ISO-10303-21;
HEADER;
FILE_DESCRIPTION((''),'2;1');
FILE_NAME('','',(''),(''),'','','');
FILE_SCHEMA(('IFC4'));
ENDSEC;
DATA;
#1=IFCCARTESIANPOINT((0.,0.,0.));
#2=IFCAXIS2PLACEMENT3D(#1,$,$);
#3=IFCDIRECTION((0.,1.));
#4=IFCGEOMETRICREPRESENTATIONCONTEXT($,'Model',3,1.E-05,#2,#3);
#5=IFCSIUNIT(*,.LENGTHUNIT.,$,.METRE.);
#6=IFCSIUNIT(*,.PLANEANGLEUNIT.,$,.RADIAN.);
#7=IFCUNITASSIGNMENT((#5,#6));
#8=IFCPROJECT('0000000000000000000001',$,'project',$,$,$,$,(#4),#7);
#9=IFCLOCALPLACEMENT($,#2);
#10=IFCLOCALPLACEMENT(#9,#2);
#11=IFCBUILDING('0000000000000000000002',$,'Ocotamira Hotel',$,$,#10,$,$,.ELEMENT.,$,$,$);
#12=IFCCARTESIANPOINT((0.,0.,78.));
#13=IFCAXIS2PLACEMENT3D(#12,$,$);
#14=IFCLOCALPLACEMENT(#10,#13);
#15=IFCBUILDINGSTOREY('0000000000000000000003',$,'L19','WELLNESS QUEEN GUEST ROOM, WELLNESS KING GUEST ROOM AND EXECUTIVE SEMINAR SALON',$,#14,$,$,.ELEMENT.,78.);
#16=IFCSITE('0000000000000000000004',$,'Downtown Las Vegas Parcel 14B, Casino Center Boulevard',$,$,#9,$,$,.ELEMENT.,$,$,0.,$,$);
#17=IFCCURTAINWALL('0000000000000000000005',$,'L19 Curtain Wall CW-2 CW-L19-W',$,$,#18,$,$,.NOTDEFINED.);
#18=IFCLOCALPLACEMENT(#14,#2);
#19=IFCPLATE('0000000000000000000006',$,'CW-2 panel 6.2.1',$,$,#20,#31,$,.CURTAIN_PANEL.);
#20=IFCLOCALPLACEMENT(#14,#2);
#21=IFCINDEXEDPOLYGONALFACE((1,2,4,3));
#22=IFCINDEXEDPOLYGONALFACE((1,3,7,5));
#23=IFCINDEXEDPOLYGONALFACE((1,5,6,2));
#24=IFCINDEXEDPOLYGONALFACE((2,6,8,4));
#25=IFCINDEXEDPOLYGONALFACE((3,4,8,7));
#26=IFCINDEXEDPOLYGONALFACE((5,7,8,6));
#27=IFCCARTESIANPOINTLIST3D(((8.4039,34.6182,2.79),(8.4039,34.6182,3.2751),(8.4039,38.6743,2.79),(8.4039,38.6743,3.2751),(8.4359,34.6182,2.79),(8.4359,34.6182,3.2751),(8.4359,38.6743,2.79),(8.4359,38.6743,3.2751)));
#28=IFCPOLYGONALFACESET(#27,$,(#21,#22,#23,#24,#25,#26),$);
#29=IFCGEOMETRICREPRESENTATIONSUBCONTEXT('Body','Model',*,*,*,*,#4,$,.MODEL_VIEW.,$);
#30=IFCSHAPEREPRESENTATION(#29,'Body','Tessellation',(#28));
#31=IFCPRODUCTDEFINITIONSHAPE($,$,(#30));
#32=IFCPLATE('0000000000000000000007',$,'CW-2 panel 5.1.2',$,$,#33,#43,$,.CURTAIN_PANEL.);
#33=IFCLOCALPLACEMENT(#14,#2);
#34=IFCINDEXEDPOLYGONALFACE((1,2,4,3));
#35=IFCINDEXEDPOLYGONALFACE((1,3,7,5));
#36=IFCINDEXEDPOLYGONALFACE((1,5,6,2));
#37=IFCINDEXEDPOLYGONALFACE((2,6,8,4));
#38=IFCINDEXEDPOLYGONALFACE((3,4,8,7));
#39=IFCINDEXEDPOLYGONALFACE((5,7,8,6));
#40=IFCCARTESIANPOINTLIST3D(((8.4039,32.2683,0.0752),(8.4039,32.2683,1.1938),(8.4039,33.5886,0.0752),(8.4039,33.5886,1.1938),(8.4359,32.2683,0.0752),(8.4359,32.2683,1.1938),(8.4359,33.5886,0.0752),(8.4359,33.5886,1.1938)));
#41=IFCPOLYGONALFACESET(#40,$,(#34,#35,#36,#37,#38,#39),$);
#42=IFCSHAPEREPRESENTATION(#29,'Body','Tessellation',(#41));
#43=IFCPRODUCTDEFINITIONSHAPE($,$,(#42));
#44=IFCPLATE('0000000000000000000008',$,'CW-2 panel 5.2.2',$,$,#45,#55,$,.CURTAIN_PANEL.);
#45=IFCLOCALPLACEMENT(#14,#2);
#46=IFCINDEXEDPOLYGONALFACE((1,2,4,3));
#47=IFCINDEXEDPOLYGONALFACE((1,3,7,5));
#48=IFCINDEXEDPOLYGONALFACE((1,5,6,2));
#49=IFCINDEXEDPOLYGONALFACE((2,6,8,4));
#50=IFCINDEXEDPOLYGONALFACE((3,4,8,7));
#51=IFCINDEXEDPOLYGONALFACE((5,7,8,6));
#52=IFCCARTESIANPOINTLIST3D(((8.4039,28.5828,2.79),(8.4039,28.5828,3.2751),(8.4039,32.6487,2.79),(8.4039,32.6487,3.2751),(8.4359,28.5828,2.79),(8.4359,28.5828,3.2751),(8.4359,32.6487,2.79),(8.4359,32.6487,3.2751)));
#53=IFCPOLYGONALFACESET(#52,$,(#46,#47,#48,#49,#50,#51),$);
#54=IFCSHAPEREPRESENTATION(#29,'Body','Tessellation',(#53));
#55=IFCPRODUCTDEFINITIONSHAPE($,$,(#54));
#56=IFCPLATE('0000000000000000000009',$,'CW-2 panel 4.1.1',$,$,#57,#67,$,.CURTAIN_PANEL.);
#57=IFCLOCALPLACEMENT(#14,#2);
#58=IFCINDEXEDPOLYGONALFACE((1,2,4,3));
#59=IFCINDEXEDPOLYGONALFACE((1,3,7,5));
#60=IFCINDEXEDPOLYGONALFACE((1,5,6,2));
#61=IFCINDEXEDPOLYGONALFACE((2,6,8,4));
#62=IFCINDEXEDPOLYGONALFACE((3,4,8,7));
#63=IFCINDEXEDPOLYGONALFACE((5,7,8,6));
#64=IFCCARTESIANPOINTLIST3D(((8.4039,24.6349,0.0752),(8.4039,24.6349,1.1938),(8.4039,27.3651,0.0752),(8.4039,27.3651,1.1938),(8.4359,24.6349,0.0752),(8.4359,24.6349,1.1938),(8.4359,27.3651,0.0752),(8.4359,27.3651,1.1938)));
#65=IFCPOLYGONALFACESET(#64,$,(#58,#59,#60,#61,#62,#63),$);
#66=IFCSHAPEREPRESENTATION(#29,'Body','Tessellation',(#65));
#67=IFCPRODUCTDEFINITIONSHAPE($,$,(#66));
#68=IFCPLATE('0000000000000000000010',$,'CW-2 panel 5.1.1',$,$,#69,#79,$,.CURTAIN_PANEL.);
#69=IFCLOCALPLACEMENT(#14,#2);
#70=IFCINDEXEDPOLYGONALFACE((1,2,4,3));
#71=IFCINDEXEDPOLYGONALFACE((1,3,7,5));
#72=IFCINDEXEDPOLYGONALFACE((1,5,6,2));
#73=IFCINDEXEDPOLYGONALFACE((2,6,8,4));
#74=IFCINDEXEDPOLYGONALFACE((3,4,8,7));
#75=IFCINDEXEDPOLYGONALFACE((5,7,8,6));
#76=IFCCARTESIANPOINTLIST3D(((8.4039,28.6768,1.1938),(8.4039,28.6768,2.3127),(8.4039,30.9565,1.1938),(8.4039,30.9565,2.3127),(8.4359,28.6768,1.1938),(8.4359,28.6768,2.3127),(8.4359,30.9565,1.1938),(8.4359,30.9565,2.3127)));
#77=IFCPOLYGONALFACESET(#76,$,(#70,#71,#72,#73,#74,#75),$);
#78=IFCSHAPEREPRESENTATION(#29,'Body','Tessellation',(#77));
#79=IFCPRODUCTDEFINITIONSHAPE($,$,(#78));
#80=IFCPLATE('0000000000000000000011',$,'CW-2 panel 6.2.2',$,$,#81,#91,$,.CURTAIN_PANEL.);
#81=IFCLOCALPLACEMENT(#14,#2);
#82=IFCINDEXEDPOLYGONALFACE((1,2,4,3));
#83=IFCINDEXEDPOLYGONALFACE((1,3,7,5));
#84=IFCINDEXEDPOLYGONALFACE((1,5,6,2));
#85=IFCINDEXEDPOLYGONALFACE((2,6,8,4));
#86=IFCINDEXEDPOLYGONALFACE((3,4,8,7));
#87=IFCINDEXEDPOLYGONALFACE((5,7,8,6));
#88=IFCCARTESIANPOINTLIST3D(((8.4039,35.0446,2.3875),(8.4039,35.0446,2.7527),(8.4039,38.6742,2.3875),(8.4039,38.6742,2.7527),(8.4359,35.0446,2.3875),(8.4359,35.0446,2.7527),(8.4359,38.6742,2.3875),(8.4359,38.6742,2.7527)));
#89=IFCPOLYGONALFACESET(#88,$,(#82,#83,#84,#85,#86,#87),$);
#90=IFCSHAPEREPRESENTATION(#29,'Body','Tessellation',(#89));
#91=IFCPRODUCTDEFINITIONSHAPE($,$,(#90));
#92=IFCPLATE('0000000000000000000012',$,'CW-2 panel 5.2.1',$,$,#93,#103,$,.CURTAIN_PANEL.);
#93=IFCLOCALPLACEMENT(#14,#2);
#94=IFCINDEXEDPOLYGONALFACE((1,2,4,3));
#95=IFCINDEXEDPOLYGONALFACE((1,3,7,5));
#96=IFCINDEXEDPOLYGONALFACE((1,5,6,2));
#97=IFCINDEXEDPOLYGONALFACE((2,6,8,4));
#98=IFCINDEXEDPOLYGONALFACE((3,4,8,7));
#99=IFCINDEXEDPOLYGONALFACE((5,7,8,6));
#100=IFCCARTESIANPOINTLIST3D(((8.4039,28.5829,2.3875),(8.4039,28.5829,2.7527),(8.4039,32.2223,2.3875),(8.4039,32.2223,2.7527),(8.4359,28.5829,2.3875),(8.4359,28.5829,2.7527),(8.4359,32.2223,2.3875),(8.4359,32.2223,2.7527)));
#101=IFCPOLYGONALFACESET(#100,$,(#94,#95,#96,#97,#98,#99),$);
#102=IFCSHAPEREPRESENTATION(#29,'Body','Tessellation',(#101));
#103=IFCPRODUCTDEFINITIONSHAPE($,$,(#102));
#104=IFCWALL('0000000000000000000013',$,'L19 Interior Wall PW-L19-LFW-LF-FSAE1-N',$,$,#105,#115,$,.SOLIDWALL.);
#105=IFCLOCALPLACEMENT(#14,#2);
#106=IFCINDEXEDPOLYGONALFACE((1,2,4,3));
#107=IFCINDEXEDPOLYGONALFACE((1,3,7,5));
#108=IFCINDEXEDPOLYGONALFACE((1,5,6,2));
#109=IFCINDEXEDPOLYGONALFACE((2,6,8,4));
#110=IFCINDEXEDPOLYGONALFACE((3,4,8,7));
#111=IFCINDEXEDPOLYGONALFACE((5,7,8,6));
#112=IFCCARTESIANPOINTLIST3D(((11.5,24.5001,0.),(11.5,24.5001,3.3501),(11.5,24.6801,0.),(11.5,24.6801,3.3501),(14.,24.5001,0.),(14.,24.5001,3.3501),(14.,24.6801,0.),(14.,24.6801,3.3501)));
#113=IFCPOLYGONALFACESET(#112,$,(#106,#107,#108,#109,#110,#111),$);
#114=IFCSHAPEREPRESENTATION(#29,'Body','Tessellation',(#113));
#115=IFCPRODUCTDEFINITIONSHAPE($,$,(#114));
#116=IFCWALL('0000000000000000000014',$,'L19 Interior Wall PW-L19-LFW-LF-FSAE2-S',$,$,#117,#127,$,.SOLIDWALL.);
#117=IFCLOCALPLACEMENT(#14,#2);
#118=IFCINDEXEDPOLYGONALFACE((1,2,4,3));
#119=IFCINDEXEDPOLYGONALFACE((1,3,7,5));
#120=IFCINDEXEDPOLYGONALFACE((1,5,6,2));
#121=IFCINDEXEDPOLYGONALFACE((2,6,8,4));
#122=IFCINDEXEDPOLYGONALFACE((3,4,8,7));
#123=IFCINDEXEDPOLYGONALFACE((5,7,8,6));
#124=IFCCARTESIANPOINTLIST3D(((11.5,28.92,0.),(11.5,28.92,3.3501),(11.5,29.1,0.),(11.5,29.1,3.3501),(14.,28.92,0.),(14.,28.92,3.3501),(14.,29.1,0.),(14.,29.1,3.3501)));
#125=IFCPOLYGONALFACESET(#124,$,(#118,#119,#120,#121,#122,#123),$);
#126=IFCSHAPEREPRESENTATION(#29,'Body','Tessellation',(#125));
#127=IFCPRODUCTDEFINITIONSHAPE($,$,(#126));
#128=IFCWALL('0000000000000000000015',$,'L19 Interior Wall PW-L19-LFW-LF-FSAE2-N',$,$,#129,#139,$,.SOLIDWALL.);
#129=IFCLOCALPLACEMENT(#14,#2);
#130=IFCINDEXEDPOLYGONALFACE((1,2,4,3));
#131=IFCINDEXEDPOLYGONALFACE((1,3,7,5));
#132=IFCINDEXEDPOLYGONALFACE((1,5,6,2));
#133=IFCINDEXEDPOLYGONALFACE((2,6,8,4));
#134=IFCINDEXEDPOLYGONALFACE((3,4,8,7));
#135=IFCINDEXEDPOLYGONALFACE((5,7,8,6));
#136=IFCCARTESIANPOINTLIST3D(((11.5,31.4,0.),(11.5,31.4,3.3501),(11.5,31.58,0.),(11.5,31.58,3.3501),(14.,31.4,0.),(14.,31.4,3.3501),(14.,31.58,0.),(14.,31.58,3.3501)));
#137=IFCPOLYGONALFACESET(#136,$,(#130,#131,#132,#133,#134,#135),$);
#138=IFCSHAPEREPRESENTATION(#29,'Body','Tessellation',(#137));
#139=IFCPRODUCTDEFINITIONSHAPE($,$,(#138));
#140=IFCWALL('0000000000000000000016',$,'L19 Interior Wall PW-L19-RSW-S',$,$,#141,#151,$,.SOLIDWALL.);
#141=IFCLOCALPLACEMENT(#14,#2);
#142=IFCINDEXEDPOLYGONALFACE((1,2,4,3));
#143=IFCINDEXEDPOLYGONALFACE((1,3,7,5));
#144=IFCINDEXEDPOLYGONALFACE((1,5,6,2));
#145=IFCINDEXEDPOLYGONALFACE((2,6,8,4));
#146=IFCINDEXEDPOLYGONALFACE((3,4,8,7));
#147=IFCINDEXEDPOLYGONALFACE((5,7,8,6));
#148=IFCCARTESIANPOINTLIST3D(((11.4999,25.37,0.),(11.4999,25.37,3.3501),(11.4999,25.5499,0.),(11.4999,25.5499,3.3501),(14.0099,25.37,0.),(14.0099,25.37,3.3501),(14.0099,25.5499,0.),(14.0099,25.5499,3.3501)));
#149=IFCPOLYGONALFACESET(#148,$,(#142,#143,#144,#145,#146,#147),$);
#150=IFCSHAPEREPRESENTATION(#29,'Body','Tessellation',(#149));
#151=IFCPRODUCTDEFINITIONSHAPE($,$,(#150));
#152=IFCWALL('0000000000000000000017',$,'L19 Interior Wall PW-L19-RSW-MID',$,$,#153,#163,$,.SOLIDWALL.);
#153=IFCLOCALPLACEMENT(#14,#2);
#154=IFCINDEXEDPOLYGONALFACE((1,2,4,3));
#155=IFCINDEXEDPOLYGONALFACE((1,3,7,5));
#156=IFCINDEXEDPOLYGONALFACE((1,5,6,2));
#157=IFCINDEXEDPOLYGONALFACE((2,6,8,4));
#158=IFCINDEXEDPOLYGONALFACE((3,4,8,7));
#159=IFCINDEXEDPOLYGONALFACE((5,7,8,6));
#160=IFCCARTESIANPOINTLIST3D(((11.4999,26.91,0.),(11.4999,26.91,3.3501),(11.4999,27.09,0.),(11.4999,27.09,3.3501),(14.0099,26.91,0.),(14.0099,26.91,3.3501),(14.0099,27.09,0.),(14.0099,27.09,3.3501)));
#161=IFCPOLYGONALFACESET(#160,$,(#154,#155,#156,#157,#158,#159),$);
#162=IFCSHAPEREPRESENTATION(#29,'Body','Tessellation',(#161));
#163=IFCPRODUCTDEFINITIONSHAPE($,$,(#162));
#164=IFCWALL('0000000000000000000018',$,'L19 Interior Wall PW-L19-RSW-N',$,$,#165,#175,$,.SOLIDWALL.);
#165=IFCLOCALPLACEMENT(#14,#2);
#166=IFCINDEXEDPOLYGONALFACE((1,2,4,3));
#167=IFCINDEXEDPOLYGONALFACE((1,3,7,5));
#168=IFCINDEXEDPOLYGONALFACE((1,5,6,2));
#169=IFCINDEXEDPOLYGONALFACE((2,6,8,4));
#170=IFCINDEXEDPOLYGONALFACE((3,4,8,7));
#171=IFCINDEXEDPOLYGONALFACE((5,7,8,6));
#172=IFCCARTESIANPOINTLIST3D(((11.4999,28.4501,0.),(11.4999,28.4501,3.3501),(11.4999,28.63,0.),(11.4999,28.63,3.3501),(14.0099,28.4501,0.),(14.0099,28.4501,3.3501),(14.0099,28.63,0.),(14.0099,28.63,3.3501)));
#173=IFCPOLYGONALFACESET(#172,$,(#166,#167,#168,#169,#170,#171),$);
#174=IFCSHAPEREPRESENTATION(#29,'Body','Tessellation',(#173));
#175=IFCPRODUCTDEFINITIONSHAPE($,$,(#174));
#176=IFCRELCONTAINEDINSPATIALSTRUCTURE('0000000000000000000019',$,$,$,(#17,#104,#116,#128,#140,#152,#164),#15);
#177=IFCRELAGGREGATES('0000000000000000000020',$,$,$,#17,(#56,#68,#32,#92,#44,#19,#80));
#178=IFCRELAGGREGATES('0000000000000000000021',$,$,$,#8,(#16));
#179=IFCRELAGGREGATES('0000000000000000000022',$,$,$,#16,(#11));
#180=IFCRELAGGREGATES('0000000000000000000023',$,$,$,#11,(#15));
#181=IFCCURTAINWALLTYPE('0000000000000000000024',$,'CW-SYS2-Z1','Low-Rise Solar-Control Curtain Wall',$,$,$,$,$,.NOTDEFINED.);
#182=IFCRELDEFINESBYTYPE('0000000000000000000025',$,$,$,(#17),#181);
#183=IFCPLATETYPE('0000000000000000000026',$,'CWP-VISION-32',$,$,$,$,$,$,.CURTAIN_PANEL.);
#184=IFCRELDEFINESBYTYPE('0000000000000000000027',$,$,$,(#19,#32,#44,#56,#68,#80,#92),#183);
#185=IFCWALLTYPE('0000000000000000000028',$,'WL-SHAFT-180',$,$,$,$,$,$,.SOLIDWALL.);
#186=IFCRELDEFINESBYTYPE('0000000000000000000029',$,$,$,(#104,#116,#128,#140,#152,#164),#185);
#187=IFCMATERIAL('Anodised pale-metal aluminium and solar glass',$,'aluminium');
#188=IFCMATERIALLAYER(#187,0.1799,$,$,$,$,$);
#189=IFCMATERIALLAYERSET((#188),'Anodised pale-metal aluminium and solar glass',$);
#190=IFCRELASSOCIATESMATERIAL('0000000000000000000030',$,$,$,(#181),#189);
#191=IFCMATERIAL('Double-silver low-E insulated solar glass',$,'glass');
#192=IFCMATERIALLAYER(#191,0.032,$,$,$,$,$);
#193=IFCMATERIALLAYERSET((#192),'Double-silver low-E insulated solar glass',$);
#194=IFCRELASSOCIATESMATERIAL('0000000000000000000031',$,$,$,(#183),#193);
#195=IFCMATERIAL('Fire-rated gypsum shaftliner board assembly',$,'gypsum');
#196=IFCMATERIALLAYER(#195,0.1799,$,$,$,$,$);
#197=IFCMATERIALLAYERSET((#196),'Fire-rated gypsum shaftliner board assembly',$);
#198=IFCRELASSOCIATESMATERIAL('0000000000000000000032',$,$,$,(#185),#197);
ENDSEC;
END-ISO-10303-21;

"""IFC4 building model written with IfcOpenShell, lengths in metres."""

from ifc_helpers import new_model, si_unit, direction, frame, frame_2d, origin, origin_2d, place, context, subcontext, project, spatial, rectangle, extrude, source, transform, mapped, material, layer, layer_set, type_object, element, aggregate, save


model = new_model("IFC4")

# Units and contexts
model_context = context("Model", 3, precision=1e-05, world=origin(), true_north=direction((0.0, 1.0)))
body_context = subcontext(model_context, "Body", "Model", "MODEL_VIEW")
ifc_project = project(units=[si_unit("LENGTHUNIT", "METRE"), si_unit("PLANEANGLEUNIT", "RADIAN")], contexts=[model_context])

# Site, building, storey
site_placement = place(None, origin())
site = spatial("IfcSite", under=ifc_project, at=site_placement, Name="Downtown Las Vegas Parcel 14B, Casino Center Boulevard", CompositionType="ELEMENT", RefElevation=0.0)
building_placement = place(site_placement, origin())
building = spatial("IfcBuilding", under=site, at=building_placement, Name="Ocotamira Hotel", CompositionType="ELEMENT")
storey_placement = place(building_placement, frame((0.0, 0.0, 78.0)))
storey = spatial("IfcBuildingStorey", under=building, at=storey_placement, Name="L19", Description="WELLNESS QUEEN GUEST ROOM, WELLNESS KING GUEST ROOM AND EXECUTIVE SEMINAR SALON", CompositionType="ELEMENT", Elevation=78.0)

# Curtain wall
ifc_material_1 = material(Name="Anodised pale-metal aluminium and solar glass", Category="aluminium")
ifc_layer_1 = layer(ifc_material_1, 0.1799)
ifc_layer_set_1 = layer_set([ifc_layer_1], Name="Anodised pale-metal aluminium and solar glass")
curtain_wall_type = type_object("IfcCurtainWallType", Name="CW-SYS2-Z1", Description="Low-Rise Solar-Control Curtain Wall", PredefinedType="NOTDEFINED", material=ifc_layer_set_1)
curtain_wall_placement = place(storey_placement, origin())
curtain_wall = element("IfcCurtainWall", 1, at=curtain_wall_placement, inside=storey, type_object=curtain_wall_type, Name="L19 Curtain Wall CW-2 CW-L19-W", PredefinedType="NOTDEFINED")

# Plates
ifc_material_2 = material(Name="Double-silver low-E insulated solar glass", Category="glass")
ifc_layer_2 = layer(ifc_material_2, 0.032)
ifc_layer_set_2 = layer_set([ifc_layer_2], Name="Double-silver low-E insulated solar glass")
plate_type_1 = type_object("IfcPlateType", Name="CWP-VISION-32", PredefinedType="CURTAIN_PANEL", material=ifc_layer_set_2)
shared_shape_1 = source(origin(), body_context, "Body", "SweptSolid", [
    extrude(rectangle(XDim=4.0562, YDim=0.032, at=origin_2d()), origin(), (0.0, 0.0, 1.0), 0.4851),
])
plate_1_placement = place(storey_placement, frame((8.4199, 36.6462, 2.79), z_axis=(0.0, 0.0, 1.0), x_axis=(0.0, 1.0, 0.0)))
plate_1 = element("IfcPlate", 2, at=plate_1_placement, type_object=plate_type_1, Name="CW-2 panel 6.2.1", PredefinedType="CURTAIN_PANEL", context=body_context, shape_type="MappedRepresentation", body=[
    mapped(shared_shape_1, transform((0.0, 0.0, 0.0), scale=1.0)),
])
shared_shape_2 = source(origin(), body_context, "Body", "SweptSolid", [
    extrude(rectangle(XDim=1.3203, YDim=0.032, at=origin_2d()), origin(), (0.0, 0.0, 1.0), 1.1187),
])
plate_2_placement = place(storey_placement, frame((8.4199, 32.9285, 0.0752), z_axis=(0.0, 0.0, 1.0), x_axis=(0.0, 1.0, 0.0)))
plate_2 = element("IfcPlate", 3, at=plate_2_placement, type_object=plate_type_1, Name="CW-2 panel 5.1.2", PredefinedType="CURTAIN_PANEL", context=body_context, shape_type="MappedRepresentation", body=[
    mapped(shared_shape_2, transform((0.0, 0.0, 0.0), scale=1.0)),
])
shared_shape_3 = source(origin(), body_context, "Body", "SweptSolid", [
    extrude(rectangle(XDim=4.0659, YDim=0.032, at=origin_2d()), origin(), (0.0, 0.0, 1.0), 0.4851),
])
plate_3_placement = place(storey_placement, frame((8.4199, 30.6157, 2.79), z_axis=(0.0, 0.0, 1.0), x_axis=(0.0, 1.0, 0.0)))
plate_3 = element("IfcPlate", 4, at=plate_3_placement, type_object=plate_type_1, Name="CW-2 panel 5.2.2", PredefinedType="CURTAIN_PANEL", context=body_context, shape_type="MappedRepresentation", body=[
    mapped(shared_shape_3, transform((0.0, 0.0, 0.0), scale=1.0)),
])
shared_shape_4 = source(origin(), body_context, "Body", "SweptSolid", [
    extrude(rectangle(XDim=2.7302, YDim=0.032, at=origin_2d()), origin(), (0.0, 0.0, 1.0), 1.1187),
])
plate_4_placement = place(storey_placement, frame((8.4199, 26.0, 0.0752), z_axis=(0.0, 0.0, 1.0), x_axis=(0.0, 1.0, 0.0)))
plate_4 = element("IfcPlate", 5, at=plate_4_placement, type_object=plate_type_1, Name="CW-2 panel 4.1.1", PredefinedType="CURTAIN_PANEL", context=body_context, shape_type="MappedRepresentation", body=[
    mapped(shared_shape_4, transform((0.0, 0.0, 0.0), scale=1.0)),
])
shared_shape_5 = source(origin(), body_context, "Body", "SweptSolid", [
    extrude(rectangle(XDim=2.2798, YDim=0.032, at=origin_2d()), origin(), (0.0, 0.0, 1.0), 1.1189),
])
plate_5_placement = place(storey_placement, frame((8.4199, 29.8167, 1.1938), z_axis=(0.0, 0.0, 1.0), x_axis=(0.0, 1.0, 0.0)))
plate_5 = element("IfcPlate", 6, at=plate_5_placement, type_object=plate_type_1, Name="CW-2 panel 5.1.1", PredefinedType="CURTAIN_PANEL", context=body_context, shape_type="MappedRepresentation", body=[
    mapped(shared_shape_5, transform((0.0, 0.0, 0.0), scale=1.0)),
])
shared_shape_6 = source(origin(), body_context, "Body", "SweptSolid", [
    extrude(rectangle(XDim=3.6296, YDim=0.032, at=origin_2d()), origin(), (0.0, 0.0, 1.0), 0.3652),
])
plate_6_placement = place(storey_placement, frame((8.4199, 36.8594, 2.3875), z_axis=(0.0, 0.0, 1.0), x_axis=(0.0, 1.0, 0.0)))
plate_6 = element("IfcPlate", 7, at=plate_6_placement, type_object=plate_type_1, Name="CW-2 panel 6.2.2", PredefinedType="CURTAIN_PANEL", context=body_context, shape_type="MappedRepresentation", body=[
    mapped(shared_shape_6, transform((0.0, 0.0, 0.0), scale=1.0)),
])
shared_shape_7 = source(origin(), body_context, "Body", "SweptSolid", [
    extrude(rectangle(XDim=3.6394, YDim=0.032, at=origin_2d()), origin(), (0.0, 0.0, 1.0), 0.3652),
])
plate_7_placement = place(storey_placement, frame((8.4199, 30.4026, 2.3875), z_axis=(0.0, 0.0, 1.0), x_axis=(0.0, 1.0, 0.0)))
plate_7 = element("IfcPlate", 8, at=plate_7_placement, type_object=plate_type_1, Name="CW-2 panel 5.2.1", PredefinedType="CURTAIN_PANEL", context=body_context, shape_type="MappedRepresentation", body=[
    mapped(shared_shape_7, transform((0.0, 0.0, 0.0), scale=1.0)),
])
aggregate(curtain_wall, [plate_4, plate_5, plate_2, plate_7, plate_3, plate_1, plate_6])

# Walls
ifc_material_3 = material(Name="Fire-rated gypsum shaftliner board assembly", Category="gypsum")
ifc_layer_3 = layer(ifc_material_3, 0.1799)
ifc_layer_set_3 = layer_set([ifc_layer_3], Name="Fire-rated gypsum shaftliner board assembly")
wall_type_1 = type_object("IfcWallType", Name="WL-SHAFT-180", PredefinedType="SOLIDWALL", material=ifc_layer_set_3)
for number, where, z_axis, x_axis, name in (
    (9, (11.5, 24.5901, 0.0), (0.0, 0.0, 1.0), (1.0, 0.0, 0.0), "L19 Interior Wall PW-L19-LFW-LF-FSAE1-N"),
    (10, (11.5, 29.01, 0.0), (0.0, 0.0, 1.0), (1.0, 0.0, 0.0), "L19 Interior Wall PW-L19-LFW-LF-FSAE2-S"),
    (11, (11.5, 31.49, 0.0), (0.0, 0.0, 1.0), (1.0, 0.0, 0.0), "L19 Interior Wall PW-L19-LFW-LF-FSAE2-N"),
):
    element("IfcWall", number, at=place(storey_placement, frame(where, z_axis=z_axis, x_axis=x_axis)), inside=storey, type_object=wall_type_1, Name=name, PredefinedType="SOLIDWALL", context=body_context, shape_type="SweptSolid", body=[
        extrude(rectangle(XDim=2.5, YDim=0.1799, at=frame_2d((1.25, 0.0))), origin(), (0.0, 0.0, 1.0), 3.3501),
    ])
for number, where, z_axis, x_axis, name in (
    (12, (11.5, 25.46, 0.0), (0.0, 0.0, 1.0), (1.0, 0.0, 0.0), "L19 Interior Wall PW-L19-RSW-S"),
    (13, (11.5, 27.0, 0.0), (0.0, 0.0, 1.0), (1.0, 0.0, 0.0), "L19 Interior Wall PW-L19-RSW-MID"),
    (14, (11.5, 28.54, 0.0), (0.0, 0.0, 1.0), (1.0, 0.0, 0.0), "L19 Interior Wall PW-L19-RSW-N"),
):
    element("IfcWall", number, at=place(storey_placement, frame(where, z_axis=z_axis, x_axis=x_axis)), inside=storey, type_object=wall_type_1, Name=name, PredefinedType="SOLIDWALL", context=body_context, shape_type="SweptSolid", body=[
        extrude(rectangle(XDim=2.51, YDim=0.1799, at=frame_2d((1.2549, 0.0))), origin(), (0.0, 0.0, 1.0), 3.3501),
    ])

save(model, "model.ifc")
